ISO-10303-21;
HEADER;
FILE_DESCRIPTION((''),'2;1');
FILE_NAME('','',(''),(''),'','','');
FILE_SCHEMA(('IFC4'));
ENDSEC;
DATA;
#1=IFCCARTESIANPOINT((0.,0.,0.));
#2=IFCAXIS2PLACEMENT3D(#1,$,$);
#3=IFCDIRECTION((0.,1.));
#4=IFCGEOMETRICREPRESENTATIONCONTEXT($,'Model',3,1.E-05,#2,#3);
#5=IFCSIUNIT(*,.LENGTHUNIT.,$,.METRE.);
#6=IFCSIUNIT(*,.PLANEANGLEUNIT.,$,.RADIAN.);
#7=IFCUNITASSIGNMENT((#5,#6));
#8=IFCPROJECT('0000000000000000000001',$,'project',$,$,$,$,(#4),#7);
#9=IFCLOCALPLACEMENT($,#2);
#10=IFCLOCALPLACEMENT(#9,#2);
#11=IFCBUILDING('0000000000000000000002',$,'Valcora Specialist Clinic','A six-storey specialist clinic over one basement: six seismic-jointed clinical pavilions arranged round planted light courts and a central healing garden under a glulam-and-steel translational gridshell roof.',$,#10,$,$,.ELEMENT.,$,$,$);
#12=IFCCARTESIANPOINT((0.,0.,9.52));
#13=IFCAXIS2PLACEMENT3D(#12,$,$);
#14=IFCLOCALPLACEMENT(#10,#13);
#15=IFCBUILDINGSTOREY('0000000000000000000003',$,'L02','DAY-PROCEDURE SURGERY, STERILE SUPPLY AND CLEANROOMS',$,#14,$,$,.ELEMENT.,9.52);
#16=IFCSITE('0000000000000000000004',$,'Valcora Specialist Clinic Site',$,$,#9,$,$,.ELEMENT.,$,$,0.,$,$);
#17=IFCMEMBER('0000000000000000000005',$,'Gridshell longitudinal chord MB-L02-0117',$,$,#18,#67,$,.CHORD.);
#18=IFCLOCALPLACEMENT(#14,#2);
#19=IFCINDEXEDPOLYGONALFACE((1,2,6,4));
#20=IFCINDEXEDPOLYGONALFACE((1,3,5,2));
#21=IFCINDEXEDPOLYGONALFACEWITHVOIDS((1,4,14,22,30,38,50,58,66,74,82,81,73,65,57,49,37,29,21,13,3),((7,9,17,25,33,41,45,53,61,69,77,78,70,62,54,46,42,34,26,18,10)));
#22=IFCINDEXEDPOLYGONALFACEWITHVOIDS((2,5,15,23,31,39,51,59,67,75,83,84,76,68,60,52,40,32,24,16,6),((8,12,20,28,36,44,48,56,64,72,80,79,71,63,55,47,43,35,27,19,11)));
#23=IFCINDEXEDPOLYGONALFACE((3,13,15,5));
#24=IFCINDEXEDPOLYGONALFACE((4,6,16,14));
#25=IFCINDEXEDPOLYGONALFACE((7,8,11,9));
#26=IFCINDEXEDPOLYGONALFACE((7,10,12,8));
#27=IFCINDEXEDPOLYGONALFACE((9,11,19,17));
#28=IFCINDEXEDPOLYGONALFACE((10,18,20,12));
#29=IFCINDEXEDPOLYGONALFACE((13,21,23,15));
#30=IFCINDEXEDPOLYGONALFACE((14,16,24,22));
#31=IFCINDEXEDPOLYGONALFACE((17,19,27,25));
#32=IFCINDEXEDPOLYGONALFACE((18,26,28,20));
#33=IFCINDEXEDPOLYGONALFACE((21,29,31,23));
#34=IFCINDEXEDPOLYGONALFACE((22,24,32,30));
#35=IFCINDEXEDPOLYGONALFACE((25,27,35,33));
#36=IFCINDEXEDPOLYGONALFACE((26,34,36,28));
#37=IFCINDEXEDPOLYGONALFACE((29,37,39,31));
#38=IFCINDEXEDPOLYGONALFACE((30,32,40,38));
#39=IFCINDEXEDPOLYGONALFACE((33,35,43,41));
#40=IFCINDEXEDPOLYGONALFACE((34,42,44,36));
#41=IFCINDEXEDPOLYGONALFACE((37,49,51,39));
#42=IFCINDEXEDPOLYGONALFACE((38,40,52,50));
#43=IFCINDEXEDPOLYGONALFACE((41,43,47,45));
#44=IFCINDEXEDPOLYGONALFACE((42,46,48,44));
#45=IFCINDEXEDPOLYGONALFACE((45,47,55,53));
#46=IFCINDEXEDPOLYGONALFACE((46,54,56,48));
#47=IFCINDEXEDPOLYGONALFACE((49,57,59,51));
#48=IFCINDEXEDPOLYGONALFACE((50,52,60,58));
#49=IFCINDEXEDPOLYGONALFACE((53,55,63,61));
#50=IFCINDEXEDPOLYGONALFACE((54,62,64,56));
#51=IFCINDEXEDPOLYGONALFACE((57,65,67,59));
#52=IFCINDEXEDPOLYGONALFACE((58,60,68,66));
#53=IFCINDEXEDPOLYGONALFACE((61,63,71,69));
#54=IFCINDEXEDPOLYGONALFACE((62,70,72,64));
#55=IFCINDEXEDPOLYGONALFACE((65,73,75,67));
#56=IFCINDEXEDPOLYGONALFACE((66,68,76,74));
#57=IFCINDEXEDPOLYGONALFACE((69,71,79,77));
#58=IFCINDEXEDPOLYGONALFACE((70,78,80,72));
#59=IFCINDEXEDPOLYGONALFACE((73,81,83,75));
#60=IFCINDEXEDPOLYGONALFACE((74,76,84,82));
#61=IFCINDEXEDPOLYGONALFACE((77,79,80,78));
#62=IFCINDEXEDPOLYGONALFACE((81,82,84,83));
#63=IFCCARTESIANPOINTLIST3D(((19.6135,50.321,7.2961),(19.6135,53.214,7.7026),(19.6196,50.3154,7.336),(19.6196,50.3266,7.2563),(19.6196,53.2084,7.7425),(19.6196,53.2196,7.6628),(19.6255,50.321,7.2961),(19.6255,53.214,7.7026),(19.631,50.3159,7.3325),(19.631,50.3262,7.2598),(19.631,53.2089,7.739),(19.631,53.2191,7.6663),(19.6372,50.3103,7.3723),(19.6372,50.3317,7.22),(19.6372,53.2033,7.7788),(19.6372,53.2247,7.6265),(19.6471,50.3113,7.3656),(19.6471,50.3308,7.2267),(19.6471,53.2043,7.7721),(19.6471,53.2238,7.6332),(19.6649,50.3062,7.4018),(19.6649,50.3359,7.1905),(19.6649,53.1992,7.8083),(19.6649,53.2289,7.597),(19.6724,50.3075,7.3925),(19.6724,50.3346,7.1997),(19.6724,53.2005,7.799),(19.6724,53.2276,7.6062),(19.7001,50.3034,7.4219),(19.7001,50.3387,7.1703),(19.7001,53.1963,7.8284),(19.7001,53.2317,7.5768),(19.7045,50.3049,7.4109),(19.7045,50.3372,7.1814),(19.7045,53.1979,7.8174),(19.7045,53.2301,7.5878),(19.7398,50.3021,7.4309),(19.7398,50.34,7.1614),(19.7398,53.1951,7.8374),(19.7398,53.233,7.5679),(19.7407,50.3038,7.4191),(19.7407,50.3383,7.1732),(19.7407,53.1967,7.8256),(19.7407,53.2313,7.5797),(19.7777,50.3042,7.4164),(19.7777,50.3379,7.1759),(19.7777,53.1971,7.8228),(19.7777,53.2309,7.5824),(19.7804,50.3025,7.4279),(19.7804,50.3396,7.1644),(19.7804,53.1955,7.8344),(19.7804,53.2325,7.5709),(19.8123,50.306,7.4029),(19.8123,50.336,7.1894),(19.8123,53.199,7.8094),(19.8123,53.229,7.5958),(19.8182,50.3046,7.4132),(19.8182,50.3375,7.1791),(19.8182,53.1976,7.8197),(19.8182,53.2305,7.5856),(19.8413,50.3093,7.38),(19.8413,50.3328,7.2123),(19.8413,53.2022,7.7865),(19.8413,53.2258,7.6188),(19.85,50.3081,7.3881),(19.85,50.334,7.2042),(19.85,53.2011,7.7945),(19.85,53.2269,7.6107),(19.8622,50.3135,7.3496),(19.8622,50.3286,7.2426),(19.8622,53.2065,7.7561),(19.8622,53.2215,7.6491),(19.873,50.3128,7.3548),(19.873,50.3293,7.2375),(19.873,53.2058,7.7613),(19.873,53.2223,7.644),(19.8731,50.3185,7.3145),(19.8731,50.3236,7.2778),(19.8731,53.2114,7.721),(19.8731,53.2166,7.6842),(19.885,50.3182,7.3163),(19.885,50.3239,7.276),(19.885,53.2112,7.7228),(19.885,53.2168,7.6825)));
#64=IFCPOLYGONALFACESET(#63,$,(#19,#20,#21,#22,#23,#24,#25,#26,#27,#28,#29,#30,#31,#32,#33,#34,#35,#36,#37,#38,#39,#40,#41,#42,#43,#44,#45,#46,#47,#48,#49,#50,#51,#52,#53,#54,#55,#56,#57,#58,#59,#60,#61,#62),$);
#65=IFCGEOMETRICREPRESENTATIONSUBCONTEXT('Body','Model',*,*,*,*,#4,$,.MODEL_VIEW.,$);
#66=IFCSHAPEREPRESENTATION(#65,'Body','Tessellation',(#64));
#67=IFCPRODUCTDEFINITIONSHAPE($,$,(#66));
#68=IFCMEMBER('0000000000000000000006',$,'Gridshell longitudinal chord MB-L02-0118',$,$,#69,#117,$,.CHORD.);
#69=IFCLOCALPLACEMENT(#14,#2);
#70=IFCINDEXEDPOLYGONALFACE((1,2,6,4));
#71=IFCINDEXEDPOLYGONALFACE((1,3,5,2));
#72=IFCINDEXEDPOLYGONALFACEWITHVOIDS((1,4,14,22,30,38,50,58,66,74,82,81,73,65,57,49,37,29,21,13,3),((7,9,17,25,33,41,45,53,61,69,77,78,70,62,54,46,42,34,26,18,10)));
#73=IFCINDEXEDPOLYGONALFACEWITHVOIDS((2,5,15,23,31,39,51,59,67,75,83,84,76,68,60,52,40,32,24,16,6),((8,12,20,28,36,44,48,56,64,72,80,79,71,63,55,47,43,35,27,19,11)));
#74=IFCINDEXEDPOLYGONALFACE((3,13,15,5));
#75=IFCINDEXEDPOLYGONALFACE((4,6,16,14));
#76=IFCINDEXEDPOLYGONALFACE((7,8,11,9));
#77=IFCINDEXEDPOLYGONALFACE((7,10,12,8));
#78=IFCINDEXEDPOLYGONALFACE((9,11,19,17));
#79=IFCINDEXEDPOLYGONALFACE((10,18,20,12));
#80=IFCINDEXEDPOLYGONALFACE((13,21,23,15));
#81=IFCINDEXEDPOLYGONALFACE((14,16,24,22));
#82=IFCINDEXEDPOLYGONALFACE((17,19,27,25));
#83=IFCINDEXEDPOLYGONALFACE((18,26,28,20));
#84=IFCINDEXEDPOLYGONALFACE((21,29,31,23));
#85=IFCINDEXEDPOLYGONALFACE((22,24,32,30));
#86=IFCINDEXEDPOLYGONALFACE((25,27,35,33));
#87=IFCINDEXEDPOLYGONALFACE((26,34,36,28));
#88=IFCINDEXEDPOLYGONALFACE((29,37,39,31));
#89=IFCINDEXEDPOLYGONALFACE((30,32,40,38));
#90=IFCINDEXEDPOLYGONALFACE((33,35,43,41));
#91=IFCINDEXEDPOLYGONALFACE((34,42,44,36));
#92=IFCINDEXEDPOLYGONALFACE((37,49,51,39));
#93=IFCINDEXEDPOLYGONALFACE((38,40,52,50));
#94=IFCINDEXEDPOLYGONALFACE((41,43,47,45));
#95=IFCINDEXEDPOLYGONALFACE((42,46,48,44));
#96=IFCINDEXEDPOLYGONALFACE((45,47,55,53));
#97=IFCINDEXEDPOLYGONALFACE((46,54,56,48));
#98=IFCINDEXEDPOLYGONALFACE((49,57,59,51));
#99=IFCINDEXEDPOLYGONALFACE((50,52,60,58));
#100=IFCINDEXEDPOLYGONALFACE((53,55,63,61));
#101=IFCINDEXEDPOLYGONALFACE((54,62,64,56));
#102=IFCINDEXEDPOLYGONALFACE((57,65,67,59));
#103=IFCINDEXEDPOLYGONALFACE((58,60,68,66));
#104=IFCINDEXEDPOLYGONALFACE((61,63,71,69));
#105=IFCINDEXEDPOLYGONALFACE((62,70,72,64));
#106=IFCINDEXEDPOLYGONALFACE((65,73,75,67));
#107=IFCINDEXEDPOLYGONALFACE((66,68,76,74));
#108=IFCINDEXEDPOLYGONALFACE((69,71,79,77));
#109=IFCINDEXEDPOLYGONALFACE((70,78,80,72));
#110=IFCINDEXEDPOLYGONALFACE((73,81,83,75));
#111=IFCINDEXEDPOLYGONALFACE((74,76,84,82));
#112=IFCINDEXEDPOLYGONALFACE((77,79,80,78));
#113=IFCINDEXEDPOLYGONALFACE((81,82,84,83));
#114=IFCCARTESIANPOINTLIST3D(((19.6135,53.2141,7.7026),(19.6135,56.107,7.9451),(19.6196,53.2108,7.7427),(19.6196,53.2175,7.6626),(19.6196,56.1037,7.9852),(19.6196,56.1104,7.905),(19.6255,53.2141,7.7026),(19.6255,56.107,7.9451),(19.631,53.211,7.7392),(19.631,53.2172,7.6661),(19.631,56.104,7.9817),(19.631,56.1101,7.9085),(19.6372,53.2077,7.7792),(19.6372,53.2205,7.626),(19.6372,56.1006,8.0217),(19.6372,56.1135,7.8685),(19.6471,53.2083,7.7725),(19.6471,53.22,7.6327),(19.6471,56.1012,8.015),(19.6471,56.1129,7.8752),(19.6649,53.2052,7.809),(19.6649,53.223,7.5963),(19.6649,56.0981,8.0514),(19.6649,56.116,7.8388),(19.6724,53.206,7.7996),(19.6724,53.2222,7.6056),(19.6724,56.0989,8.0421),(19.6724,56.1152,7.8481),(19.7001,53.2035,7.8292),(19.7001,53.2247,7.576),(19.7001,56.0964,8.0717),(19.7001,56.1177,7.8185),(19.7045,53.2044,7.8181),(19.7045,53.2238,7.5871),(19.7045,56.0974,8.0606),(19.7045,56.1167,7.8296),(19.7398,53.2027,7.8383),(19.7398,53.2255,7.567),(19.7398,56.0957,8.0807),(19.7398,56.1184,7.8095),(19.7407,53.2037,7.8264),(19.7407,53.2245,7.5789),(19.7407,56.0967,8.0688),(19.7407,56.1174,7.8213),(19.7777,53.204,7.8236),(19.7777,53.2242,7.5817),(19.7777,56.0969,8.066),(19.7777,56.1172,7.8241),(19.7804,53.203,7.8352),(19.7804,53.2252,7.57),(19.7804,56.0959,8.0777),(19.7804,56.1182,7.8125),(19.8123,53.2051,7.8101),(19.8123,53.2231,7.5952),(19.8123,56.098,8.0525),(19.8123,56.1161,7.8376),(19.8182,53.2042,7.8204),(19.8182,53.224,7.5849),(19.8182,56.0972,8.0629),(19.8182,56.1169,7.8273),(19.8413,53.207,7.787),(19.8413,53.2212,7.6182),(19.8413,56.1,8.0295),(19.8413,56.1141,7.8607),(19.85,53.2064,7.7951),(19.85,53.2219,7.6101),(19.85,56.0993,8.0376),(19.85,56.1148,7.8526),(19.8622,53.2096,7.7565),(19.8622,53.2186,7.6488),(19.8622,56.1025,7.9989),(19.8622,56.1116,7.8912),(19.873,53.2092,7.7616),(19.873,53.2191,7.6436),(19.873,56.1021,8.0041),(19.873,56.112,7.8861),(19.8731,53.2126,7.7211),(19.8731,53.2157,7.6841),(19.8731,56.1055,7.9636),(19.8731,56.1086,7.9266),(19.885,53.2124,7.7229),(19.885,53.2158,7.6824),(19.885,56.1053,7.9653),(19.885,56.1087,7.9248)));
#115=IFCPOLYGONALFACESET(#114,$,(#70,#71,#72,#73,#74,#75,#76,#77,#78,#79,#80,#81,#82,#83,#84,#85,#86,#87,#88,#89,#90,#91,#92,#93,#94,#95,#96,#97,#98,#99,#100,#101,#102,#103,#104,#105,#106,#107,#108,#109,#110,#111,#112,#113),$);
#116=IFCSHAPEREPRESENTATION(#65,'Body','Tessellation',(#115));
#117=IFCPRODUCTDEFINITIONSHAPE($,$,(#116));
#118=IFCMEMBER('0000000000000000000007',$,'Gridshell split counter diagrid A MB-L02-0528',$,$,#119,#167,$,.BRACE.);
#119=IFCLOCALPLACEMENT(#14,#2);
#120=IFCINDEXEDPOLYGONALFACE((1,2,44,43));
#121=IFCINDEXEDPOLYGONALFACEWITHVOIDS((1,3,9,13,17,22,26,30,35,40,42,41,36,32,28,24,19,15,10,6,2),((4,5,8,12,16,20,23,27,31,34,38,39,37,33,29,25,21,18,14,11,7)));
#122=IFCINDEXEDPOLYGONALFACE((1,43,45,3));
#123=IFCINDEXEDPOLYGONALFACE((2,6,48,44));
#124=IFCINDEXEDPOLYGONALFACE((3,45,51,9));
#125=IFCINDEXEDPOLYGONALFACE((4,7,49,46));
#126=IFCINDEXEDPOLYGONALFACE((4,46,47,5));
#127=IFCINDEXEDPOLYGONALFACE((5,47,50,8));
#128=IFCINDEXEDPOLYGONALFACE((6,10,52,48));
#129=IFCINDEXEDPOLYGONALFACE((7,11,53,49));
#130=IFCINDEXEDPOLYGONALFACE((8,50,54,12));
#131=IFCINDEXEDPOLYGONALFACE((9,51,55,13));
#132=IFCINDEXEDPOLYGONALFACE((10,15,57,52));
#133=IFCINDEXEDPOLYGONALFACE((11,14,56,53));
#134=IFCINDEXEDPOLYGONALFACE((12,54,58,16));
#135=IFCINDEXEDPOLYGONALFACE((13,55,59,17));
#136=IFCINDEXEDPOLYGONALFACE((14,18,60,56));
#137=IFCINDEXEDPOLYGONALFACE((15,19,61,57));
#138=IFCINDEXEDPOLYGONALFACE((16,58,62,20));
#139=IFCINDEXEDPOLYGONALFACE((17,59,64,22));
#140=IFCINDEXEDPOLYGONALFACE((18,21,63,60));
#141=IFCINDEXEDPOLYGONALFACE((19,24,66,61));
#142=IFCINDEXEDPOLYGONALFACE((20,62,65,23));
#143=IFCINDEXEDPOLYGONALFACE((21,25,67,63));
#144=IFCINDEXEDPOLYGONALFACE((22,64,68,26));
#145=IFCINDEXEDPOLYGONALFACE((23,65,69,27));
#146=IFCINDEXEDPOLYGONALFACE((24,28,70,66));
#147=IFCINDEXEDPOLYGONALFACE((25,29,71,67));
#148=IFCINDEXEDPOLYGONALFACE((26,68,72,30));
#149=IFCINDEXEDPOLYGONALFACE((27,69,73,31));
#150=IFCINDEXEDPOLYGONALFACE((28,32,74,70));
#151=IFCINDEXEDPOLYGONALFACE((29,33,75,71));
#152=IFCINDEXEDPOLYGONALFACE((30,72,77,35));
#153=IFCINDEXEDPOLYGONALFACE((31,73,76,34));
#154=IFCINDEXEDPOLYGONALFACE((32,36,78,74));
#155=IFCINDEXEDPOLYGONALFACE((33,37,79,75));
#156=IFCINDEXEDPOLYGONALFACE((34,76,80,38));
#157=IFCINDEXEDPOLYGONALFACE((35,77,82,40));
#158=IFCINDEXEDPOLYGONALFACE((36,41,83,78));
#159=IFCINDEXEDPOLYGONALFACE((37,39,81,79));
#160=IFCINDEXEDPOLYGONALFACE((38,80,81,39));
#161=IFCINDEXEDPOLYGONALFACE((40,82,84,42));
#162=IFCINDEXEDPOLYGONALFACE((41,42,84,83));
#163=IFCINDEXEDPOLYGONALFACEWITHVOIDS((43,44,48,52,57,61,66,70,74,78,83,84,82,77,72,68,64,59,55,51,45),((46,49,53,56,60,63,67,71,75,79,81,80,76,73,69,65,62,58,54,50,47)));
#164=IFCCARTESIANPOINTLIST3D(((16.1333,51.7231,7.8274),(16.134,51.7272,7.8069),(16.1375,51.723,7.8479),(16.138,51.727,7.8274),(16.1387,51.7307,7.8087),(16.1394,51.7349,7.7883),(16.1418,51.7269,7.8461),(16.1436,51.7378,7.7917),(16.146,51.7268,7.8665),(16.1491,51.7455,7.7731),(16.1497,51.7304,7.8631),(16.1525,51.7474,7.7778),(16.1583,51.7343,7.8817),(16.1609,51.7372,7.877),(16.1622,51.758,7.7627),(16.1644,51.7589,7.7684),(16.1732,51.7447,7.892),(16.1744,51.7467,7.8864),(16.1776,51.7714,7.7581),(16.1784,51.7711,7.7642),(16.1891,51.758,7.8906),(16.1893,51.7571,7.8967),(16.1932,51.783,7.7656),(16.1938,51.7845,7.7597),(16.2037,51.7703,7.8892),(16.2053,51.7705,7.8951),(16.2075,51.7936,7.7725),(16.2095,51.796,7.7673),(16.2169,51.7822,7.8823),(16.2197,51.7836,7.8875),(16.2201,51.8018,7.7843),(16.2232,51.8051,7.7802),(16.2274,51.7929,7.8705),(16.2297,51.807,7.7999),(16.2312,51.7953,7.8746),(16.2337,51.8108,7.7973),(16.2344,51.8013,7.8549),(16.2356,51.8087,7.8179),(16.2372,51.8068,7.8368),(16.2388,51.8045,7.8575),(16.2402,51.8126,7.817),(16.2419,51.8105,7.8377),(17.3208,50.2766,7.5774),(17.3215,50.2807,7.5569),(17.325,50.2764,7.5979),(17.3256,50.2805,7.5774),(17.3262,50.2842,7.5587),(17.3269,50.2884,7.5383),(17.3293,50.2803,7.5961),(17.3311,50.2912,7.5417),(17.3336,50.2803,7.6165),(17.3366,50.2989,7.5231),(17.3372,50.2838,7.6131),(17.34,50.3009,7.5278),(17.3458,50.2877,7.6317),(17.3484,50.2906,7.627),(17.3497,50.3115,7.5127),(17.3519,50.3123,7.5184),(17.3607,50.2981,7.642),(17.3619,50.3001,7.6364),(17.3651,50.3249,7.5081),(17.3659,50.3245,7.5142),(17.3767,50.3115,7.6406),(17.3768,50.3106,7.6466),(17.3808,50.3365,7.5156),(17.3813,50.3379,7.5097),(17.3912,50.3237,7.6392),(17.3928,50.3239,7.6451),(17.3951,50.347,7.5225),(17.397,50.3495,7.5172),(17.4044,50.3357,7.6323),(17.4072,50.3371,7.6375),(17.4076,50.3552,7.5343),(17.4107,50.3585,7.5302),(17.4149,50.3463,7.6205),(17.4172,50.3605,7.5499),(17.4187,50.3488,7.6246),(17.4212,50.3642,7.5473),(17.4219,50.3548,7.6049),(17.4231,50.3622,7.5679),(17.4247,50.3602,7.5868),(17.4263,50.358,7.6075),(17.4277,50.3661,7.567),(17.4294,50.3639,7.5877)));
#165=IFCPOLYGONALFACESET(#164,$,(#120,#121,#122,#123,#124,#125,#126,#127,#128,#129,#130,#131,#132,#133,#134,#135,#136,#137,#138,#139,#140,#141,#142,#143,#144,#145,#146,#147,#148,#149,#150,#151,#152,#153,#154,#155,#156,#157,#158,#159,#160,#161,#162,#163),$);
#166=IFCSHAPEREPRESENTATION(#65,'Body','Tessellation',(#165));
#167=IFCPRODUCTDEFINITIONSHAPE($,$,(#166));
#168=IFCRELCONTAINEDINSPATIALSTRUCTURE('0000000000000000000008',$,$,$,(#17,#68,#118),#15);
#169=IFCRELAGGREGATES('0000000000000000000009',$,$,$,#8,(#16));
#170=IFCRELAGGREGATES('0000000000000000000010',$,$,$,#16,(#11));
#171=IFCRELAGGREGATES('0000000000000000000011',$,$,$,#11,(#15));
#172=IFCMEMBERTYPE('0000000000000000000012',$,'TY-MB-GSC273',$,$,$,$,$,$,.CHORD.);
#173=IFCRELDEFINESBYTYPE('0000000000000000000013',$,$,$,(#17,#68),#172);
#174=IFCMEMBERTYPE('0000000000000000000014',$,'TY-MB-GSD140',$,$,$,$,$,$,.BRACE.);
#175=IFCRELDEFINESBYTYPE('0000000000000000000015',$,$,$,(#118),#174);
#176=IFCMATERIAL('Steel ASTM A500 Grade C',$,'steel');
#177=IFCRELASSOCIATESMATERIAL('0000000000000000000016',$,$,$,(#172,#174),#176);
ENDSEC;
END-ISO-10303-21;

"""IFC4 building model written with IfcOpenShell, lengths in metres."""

from ifc_helpers import new_model, si_unit, direction, frame, origin, origin_2d, place, context, subcontext, project, spatial, hollow_circle, extrude, material, material_profile, profile_set, type_object, element, save


model = new_model("IFC4")

# Units and contexts
model_context = context("Model", 3, precision=1e-05, world=origin(), true_north=direction((0.0, 1.0)))
body_context = subcontext(model_context, "Body", "Model", "MODEL_VIEW")
ifc_project = project(units=[si_unit("LENGTHUNIT", "METRE"), si_unit("PLANEANGLEUNIT", "RADIAN")], contexts=[model_context])

# Site, building, storey
site_placement = place(None, origin())
site = spatial("IfcSite", under=ifc_project, at=site_placement, Name="Valcora Specialist Clinic Site", CompositionType="ELEMENT", RefElevation=0.0)
building_placement = place(site_placement, origin())
building = spatial("IfcBuilding", under=site, at=building_placement, Name="Valcora Specialist Clinic", Description="A six-storey specialist clinic over one basement: six seismic-jointed clinical pavilions arranged round planted light courts and a central healing garden under a glulam-and-steel translational gridshell roof.", CompositionType="ELEMENT")
storey_placement = place(building_placement, frame((0.0, 0.0, 9.52)))
storey = spatial("IfcBuildingStorey", under=building, at=storey_placement, Name="L02", Description="DAY-PROCEDURE SURGERY, STERILE SUPPLY AND CLEANROOMS", CompositionType="ELEMENT", Elevation=9.52)

# Members
ifc_material_1 = material(Name="Steel ASTM A500 Grade C", Category="steel")
ifc_material_profile_1 = material_profile(ifc_material_1, hollow_circle(Radius=0.1365, WallThickness=0.012, at=origin_2d()), Name="ST-CHS-273X12")
ifc_profile_set_1 = profile_set([ifc_material_profile_1], Name="Steel ASTM A500 Grade C")
member_type_1 = type_object("IfcMemberType", Name="TY-MB-GSC273", PredefinedType="CHORD", material=ifc_profile_set_1)
member_1_placement = place(storey_placement, frame((19.75, 50.321, 7.2961), z_axis=(0.0, 0.990273, 0.13914), x_axis=(-1.0, 0.0, 0.0)))
element("IfcMember", 1, at=member_1_placement, inside=storey, type_object=member_type_1, Name="Gridshell longitudinal chord MB-L02-0117", PredefinedType="CHORD", context=body_context, shape_type="SweptSolid", body=[
    extrude(hollow_circle(Radius=0.1365, WallThickness=0.012, at=origin_2d()), origin(), (0.0, 0.0, 1.0), 2.9214),
])
member_2_placement = place(storey_placement, frame((19.75, 53.2141, 7.7026), z_axis=(0.0, 0.996507, 0.083512), x_axis=(-1.0, 0.0, 0.0)))
element("IfcMember", 2, at=member_2_placement, inside=storey, type_object=member_type_1, Name="Gridshell longitudinal chord MB-L02-0118", PredefinedType="CHORD", context=body_context, shape_type="SweptSolid", body=[
    extrude(hollow_circle(Radius=0.1365, WallThickness=0.012, at=origin_2d()), origin(), (0.0, 0.0, 1.0), 2.9031),
])
ifc_material_profile_2 = material_profile(ifc_material_1, hollow_circle(Radius=0.0701, WallThickness=0.0061, at=origin_2d()), Name="ST-CHS-140X6")
ifc_profile_set_2 = profile_set([ifc_material_profile_2], Name="Steel ASTM A500 Grade C")
member_type_2 = type_object("IfcMemberType", Name="TY-MB-GSD140", PredefinedType="BRACE", material=ifc_profile_set_2)
member_3_placement = place(storey_placement, frame((17.375, 50.321, 7.5774), z_axis=(-0.628922, 0.766111, 0.132405), x_axis=(-0.772916, -0.634508, 0.0)))
element("IfcMember", 3, at=member_3_placement, inside=storey, type_object=member_type_2, Name="Gridshell split counter diagrid A MB-L02-0528", PredefinedType="BRACE", context=body_context, shape_type="SweptSolid", body=[
    extrude(hollow_circle(Radius=0.0701, WallThickness=0.0061, at=origin_2d()), origin(), (0.0, 0.0, 1.0), 1.8882),
])

save(model, "model.ifc")
